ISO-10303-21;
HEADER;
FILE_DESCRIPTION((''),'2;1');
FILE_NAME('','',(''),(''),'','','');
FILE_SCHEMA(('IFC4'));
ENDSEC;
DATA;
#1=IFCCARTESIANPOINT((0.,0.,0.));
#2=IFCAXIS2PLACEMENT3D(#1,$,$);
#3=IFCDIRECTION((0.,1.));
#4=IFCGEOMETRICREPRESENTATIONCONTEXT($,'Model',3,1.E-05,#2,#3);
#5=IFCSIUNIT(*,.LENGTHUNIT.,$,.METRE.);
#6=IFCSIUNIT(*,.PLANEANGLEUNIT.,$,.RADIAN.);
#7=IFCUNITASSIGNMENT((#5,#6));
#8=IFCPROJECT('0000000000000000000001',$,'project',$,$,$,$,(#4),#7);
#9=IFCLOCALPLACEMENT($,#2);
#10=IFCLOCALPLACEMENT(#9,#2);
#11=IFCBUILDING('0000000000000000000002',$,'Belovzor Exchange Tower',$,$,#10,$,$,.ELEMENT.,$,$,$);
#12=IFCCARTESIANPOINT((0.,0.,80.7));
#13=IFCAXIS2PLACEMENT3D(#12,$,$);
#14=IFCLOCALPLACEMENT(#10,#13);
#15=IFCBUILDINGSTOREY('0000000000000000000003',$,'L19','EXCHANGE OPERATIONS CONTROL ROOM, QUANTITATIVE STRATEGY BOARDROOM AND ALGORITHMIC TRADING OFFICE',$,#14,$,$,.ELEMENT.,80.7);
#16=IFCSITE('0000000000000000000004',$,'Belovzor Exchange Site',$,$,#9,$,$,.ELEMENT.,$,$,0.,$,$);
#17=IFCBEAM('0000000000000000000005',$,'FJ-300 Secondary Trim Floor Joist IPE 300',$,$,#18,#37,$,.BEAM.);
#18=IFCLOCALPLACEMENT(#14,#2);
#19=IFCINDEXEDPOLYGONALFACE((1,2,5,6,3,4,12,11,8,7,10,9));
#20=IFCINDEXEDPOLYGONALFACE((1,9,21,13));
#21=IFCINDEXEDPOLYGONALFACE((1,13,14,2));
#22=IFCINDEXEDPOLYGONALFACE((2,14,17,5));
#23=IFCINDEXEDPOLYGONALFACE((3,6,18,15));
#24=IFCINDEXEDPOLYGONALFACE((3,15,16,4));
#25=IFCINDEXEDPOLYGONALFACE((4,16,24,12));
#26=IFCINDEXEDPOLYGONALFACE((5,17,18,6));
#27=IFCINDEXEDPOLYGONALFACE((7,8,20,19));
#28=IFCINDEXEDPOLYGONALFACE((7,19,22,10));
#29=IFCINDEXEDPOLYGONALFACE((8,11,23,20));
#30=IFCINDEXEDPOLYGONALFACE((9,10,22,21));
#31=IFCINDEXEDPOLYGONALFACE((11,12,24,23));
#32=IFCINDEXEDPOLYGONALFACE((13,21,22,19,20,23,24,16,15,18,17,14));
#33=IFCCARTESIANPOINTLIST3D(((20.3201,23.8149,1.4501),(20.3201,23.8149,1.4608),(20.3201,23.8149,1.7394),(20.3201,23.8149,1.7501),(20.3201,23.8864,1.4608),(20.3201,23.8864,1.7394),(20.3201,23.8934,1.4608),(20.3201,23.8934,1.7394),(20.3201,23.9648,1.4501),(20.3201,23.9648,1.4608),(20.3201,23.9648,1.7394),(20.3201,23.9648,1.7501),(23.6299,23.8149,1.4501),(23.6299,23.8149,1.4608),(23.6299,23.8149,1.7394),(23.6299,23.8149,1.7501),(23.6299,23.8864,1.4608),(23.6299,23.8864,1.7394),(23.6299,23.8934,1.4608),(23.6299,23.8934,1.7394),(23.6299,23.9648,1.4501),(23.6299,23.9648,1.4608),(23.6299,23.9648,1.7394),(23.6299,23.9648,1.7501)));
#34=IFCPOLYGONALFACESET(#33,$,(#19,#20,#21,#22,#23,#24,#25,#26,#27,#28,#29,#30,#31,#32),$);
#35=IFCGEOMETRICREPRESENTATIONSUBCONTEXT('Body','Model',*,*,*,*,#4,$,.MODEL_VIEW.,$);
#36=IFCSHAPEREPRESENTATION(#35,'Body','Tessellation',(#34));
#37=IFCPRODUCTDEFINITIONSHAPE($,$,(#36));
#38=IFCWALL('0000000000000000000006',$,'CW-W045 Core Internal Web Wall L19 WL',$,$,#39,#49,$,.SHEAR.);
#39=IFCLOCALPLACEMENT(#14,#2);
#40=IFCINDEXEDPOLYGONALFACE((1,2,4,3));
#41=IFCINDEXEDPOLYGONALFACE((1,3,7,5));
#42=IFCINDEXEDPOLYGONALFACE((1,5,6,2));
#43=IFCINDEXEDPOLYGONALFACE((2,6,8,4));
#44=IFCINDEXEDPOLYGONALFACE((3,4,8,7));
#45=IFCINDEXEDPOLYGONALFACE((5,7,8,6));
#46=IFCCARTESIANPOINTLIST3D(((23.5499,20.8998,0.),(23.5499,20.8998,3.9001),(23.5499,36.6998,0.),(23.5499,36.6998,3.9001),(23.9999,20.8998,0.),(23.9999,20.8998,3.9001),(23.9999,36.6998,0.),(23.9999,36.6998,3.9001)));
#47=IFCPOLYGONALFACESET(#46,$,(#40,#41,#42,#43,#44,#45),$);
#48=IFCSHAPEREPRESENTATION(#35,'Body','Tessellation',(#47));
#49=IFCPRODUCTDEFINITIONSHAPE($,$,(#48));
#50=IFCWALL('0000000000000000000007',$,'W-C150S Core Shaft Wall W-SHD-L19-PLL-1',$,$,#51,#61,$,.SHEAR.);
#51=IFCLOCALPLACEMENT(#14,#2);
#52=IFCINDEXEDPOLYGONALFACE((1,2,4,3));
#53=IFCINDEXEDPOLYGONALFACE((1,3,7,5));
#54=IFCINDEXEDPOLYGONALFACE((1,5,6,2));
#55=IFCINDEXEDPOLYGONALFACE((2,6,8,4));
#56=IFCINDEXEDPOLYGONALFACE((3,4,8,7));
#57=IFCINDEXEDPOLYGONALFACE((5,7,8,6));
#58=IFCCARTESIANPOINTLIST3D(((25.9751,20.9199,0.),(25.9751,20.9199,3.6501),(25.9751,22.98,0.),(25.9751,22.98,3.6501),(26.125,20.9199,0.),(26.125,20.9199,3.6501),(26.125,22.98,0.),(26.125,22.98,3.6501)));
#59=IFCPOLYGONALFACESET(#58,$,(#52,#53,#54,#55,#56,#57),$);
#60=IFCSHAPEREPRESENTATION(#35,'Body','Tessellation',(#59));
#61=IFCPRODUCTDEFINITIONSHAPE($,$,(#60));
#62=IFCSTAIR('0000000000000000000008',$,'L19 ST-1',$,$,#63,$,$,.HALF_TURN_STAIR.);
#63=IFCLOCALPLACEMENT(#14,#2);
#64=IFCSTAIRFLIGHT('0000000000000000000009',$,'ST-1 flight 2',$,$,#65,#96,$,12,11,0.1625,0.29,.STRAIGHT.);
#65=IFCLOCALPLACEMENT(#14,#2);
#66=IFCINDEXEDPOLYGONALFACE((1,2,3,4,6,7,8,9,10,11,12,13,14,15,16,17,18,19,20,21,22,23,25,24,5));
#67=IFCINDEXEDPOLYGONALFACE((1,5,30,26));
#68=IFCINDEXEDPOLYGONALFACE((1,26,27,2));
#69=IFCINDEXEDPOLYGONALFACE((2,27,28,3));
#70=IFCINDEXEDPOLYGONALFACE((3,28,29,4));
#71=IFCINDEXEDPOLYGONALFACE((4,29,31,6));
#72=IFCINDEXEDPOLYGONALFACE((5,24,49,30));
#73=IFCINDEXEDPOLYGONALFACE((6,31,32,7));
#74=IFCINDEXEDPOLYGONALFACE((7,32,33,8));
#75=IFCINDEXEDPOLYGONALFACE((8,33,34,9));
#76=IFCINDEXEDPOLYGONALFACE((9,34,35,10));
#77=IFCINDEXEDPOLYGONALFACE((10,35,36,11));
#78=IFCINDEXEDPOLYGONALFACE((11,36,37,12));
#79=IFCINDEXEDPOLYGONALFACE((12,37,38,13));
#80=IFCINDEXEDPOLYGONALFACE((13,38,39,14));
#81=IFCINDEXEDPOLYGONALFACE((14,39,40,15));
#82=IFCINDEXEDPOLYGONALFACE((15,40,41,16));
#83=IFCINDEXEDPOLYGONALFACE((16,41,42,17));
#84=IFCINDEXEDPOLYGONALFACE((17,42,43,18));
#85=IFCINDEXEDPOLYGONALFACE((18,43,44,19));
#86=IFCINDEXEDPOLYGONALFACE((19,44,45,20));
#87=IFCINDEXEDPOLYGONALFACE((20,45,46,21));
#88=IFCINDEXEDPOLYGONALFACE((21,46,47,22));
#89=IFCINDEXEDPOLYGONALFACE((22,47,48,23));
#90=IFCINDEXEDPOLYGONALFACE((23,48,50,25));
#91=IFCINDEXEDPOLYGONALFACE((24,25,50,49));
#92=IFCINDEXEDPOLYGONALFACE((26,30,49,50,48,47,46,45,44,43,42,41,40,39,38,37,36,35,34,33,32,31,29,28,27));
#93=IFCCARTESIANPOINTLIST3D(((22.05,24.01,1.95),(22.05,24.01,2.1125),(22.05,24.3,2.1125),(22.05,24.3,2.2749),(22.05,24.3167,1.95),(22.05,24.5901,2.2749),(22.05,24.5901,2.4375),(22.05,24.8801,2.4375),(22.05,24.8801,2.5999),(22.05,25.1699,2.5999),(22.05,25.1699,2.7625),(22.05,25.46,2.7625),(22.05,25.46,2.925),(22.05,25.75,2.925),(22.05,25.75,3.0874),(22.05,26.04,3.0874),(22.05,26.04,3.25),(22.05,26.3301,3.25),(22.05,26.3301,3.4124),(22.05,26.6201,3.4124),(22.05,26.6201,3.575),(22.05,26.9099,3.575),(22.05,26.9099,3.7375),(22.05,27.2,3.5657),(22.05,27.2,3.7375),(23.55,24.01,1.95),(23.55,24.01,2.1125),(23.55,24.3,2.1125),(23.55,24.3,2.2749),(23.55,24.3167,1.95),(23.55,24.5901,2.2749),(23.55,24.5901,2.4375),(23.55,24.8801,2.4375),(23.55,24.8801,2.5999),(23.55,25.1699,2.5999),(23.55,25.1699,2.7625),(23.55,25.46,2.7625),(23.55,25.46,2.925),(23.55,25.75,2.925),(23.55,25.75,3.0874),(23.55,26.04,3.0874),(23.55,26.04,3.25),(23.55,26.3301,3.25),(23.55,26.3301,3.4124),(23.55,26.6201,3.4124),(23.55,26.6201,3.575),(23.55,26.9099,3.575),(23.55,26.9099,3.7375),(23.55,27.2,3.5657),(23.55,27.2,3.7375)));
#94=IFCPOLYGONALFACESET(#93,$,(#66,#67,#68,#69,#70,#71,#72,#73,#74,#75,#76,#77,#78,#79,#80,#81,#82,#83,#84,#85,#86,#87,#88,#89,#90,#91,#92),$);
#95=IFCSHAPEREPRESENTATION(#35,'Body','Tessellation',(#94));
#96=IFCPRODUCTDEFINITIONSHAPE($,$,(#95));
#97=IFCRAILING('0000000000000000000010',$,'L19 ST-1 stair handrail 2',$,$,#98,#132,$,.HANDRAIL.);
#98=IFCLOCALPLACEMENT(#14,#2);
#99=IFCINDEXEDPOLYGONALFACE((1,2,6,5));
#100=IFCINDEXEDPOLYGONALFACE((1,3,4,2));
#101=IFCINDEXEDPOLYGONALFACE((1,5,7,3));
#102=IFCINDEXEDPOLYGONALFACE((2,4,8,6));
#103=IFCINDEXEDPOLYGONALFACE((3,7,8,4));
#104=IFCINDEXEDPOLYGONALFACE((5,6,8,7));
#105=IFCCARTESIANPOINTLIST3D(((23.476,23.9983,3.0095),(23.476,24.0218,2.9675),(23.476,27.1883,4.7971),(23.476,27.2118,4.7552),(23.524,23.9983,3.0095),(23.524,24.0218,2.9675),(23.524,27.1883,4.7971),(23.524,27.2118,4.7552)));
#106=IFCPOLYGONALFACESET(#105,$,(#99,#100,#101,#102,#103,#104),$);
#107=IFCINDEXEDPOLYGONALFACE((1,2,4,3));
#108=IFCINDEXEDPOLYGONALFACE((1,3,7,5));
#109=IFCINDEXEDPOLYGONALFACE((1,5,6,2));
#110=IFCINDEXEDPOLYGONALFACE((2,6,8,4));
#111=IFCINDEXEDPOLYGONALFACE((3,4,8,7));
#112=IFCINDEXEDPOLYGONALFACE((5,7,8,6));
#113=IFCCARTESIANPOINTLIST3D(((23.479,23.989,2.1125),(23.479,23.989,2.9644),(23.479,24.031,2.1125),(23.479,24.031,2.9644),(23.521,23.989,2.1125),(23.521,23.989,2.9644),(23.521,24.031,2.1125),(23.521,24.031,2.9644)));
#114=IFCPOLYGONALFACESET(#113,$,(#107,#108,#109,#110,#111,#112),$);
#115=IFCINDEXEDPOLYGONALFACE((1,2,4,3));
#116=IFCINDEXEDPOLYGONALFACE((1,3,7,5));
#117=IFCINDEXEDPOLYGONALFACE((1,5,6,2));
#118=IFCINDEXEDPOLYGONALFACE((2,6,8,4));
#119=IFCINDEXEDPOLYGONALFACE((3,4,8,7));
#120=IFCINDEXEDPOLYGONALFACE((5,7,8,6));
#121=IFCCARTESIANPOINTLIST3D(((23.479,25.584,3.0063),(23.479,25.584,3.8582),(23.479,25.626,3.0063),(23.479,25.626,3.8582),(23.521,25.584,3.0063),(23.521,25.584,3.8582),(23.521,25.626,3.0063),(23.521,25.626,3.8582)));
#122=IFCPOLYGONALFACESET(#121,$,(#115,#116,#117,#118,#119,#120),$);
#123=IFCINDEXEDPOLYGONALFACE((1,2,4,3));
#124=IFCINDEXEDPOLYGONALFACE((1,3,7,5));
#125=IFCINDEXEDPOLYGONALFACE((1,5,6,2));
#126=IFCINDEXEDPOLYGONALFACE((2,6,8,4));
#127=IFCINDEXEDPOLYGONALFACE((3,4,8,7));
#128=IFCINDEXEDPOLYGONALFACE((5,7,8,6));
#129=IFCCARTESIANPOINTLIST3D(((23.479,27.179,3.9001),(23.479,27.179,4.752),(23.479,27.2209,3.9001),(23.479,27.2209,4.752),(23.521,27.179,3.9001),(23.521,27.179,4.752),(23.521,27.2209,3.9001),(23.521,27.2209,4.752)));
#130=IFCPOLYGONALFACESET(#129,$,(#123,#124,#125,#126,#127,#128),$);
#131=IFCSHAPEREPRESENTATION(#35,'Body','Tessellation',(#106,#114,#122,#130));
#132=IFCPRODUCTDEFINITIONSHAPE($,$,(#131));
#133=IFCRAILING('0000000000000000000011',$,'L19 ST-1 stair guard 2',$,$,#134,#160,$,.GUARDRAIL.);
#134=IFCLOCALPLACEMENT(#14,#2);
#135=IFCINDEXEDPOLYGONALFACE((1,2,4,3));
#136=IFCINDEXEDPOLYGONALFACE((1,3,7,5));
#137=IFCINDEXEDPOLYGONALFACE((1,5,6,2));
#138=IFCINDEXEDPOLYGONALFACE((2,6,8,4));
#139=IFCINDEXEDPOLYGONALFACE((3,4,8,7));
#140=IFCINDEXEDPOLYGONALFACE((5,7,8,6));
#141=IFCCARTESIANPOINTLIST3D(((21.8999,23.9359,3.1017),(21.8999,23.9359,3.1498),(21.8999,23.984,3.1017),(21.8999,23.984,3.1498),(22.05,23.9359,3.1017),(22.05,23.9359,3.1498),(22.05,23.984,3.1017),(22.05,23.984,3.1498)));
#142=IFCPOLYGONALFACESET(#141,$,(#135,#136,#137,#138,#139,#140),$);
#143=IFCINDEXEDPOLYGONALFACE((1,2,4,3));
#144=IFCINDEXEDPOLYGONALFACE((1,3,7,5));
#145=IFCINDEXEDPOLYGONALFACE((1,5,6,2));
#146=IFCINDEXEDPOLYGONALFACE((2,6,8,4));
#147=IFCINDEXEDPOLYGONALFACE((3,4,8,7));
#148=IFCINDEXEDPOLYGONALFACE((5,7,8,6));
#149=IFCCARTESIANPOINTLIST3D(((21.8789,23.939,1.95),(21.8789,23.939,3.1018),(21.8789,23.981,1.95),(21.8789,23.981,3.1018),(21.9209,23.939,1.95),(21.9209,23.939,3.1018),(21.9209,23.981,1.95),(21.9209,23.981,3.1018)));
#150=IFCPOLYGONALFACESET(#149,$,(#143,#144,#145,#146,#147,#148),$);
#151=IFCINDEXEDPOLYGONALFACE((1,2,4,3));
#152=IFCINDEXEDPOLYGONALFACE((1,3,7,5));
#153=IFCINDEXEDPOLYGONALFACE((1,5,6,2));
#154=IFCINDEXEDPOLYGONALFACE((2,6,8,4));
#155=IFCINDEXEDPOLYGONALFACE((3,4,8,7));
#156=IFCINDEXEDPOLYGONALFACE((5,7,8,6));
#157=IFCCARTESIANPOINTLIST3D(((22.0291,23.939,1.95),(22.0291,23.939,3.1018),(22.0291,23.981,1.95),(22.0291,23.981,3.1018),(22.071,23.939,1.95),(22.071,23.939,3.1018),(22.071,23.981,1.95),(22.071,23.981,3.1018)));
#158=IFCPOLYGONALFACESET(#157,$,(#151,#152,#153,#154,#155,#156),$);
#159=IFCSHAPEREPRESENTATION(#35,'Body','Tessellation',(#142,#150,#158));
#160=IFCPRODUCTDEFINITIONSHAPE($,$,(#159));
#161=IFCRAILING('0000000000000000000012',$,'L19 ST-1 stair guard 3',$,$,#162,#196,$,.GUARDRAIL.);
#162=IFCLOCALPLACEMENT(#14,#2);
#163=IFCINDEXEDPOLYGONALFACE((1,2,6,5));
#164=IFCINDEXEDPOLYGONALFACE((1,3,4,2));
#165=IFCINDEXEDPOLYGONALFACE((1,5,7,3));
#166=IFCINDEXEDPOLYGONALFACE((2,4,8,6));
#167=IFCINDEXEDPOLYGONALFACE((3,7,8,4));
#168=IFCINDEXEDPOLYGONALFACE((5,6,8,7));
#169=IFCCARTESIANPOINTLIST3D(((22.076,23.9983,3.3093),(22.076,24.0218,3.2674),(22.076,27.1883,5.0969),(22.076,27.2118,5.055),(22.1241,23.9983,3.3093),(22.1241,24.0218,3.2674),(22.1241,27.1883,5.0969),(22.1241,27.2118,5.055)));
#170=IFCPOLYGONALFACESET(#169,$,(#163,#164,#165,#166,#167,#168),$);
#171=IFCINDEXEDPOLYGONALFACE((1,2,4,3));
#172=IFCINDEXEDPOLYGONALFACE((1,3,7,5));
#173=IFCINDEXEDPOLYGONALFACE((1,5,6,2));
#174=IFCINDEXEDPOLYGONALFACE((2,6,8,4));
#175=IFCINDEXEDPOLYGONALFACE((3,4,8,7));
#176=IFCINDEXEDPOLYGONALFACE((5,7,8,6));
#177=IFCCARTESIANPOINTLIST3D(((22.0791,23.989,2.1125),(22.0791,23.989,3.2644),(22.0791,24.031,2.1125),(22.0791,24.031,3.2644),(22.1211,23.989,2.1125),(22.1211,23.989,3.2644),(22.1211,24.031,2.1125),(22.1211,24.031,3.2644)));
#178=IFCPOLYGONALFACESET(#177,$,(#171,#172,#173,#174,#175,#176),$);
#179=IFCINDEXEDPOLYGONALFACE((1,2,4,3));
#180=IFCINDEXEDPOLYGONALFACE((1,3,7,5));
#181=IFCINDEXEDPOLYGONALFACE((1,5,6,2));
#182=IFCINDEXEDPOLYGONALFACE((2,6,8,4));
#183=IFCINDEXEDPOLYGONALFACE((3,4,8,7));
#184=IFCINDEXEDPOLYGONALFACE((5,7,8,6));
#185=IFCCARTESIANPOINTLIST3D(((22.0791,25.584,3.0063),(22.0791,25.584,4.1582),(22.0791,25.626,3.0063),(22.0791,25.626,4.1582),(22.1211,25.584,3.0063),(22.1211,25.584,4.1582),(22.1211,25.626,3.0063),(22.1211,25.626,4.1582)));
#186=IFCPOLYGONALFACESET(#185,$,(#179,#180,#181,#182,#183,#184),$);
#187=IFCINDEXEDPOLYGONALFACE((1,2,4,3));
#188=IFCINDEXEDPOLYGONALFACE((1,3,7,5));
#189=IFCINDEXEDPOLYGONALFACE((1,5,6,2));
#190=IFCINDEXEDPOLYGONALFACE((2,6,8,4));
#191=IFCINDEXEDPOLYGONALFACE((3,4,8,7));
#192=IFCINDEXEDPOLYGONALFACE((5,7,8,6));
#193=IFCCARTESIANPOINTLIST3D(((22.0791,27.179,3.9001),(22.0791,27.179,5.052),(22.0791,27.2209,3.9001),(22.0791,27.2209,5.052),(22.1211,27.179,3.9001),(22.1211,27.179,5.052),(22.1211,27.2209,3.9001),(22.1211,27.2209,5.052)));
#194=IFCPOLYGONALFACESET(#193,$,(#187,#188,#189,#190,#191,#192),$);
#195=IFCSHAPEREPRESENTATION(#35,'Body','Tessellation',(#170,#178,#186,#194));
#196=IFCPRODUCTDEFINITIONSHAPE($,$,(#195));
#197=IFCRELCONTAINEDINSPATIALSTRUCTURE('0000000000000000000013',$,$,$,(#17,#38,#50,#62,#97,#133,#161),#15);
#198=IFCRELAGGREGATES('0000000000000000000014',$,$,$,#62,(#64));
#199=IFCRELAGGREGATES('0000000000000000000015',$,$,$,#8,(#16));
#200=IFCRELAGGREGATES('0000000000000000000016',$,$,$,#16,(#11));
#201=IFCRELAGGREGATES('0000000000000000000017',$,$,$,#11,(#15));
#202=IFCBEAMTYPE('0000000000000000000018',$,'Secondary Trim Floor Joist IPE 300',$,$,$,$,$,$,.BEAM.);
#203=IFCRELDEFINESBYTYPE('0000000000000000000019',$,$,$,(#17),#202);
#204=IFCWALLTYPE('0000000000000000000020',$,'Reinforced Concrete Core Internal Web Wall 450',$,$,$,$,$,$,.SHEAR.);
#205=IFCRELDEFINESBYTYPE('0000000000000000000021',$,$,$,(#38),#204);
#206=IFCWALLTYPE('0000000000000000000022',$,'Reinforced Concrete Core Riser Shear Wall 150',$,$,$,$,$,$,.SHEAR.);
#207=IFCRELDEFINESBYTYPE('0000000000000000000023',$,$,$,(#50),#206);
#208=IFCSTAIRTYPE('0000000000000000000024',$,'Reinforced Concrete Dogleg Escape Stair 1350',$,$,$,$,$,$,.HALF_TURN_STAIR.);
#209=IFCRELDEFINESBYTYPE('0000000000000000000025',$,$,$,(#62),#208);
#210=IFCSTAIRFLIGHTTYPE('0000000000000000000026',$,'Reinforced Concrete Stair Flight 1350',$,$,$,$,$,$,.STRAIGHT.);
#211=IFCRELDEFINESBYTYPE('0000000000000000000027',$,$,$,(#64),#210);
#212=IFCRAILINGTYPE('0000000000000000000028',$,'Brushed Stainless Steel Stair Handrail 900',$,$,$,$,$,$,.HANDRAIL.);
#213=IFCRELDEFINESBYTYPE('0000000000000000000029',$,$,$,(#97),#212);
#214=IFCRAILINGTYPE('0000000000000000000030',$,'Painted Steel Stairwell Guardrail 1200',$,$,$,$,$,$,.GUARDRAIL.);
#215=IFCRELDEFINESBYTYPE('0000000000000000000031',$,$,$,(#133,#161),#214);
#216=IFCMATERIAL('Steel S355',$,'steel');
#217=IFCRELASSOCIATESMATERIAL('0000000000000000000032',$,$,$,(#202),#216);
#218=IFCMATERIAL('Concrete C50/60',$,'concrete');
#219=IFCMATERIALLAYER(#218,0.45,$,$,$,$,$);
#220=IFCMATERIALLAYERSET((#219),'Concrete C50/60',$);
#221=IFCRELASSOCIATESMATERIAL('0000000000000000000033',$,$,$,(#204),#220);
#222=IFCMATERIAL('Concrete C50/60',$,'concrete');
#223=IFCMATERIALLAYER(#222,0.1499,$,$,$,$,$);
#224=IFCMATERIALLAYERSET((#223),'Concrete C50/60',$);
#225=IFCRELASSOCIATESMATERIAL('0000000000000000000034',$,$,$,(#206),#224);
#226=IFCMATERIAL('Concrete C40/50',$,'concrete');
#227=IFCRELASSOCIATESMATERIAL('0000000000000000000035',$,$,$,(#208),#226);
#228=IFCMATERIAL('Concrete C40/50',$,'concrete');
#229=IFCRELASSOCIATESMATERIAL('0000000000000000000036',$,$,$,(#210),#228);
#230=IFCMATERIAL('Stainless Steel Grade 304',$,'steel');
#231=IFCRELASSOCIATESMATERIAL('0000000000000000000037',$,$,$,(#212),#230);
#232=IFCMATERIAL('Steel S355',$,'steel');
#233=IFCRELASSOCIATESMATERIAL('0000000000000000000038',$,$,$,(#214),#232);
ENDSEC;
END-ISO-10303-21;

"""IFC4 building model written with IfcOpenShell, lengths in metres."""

from ifc_helpers import new_model, si_unit, direction, frame, frame_2d, origin, origin_2d, place, context, subcontext, project, spatial, polyline, rectangle, i_section, outline, extrude, material, layer, layer_set, material_profile, profile_set, type_object, element, aggregate, save


model = new_model("IFC4")

# Units and contexts
model_context = context("Model", 3, precision=1e-05, world=origin(), true_north=direction((0.0, 1.0)))
body_context = subcontext(model_context, "Body", "Model", "MODEL_VIEW")
ifc_project = project(units=[si_unit("LENGTHUNIT", "METRE"), si_unit("PLANEANGLEUNIT", "RADIAN")], contexts=[model_context])

# Site, building, storey
site_placement = place(None, origin())
site = spatial("IfcSite", under=ifc_project, at=site_placement, Name="Belovzor Exchange Site", CompositionType="ELEMENT", RefElevation=0.0)
building_placement = place(site_placement, origin())
building = spatial("IfcBuilding", under=site, at=building_placement, Name="Belovzor Exchange Tower", CompositionType="ELEMENT")
storey_placement = place(building_placement, frame((0.0, 0.0, 80.7)))
storey = spatial("IfcBuildingStorey", under=building, at=storey_placement, Name="L19", Description="EXCHANGE OPERATIONS CONTROL ROOM, QUANTITATIVE STRATEGY BOARDROOM AND ALGORITHMIC TRADING OFFICE", CompositionType="ELEMENT", Elevation=80.7)

# Beam
ifc_material_1 = material(Name="Steel S355", Category="steel")
ifc_material_profile = material_profile(ifc_material_1, i_section(OverallWidth=0.1499, OverallDepth=0.3, WebThickness=0.0071, FlangeThickness=0.0107, at=origin_2d()))
ifc_profile_set = profile_set([ifc_material_profile], Name="Steel S355")
beam_type = type_object("IfcBeamType", Name="Secondary Trim Floor Joist IPE 300", PredefinedType="BEAM", material=ifc_profile_set)
beam_placement = place(storey_placement, frame((20.3201, 23.8899, 1.6001), z_axis=(1.0, 0.0, 0.0), x_axis=(0.0, 1.0, 0.0)))
element("IfcBeam", 1, at=beam_placement, inside=storey, type_object=beam_type, Name="FJ-300 Secondary Trim Floor Joist IPE 300", PredefinedType="BEAM", context=body_context, shape_type="SweptSolid", body=[
    extrude(i_section(OverallWidth=0.1499, OverallDepth=0.3, WebThickness=0.0071, FlangeThickness=0.0107, at=origin_2d()), origin(), (0.0, 0.0, 1.0), 3.3098),
])

# Walls
ifc_material_2 = material(Name="Concrete C50/60", Category="concrete")
ifc_layer_1 = layer(ifc_material_2, 0.45)
ifc_layer_set_1 = layer_set([ifc_layer_1], Name="Concrete C50/60")
wall_type_1 = type_object("IfcWallType", Name="Reinforced Concrete Core Internal Web Wall 450", PredefinedType="SHEAR", material=ifc_layer_set_1)
wall_1_placement = place(storey_placement, frame((23.7749, 20.8999, 0.0), z_axis=(0.0, 0.0, 1.0), x_axis=(0.0, 1.0, 0.0)))
element("IfcWall", 2, at=wall_1_placement, inside=storey, type_object=wall_type_1, Name="CW-W045 Core Internal Web Wall L19 WL", PredefinedType="SHEAR", context=body_context, shape_type="SweptSolid", body=[
    extrude(rectangle(XDim=15.8, YDim=0.45, at=frame_2d((7.8999, 0.0))), origin(), (0.0, 0.0, 1.0), 3.9001),
])
ifc_material_3 = material(Name="Concrete C50/60", Category="concrete")
ifc_layer_2 = layer(ifc_material_3, 0.1499)
ifc_layer_set_2 = layer_set([ifc_layer_2], Name="Concrete C50/60")
wall_type_2 = type_object("IfcWallType", Name="Reinforced Concrete Core Riser Shear Wall 150", PredefinedType="SHEAR", material=ifc_layer_set_2)
wall_2_placement = place(storey_placement, frame((26.05, 20.9199, 0.0), z_axis=(0.0, 0.0, 1.0), x_axis=(0.0, 1.0, 0.0)))
element("IfcWall", 3, at=wall_2_placement, inside=storey, type_object=wall_type_2, Name="W-C150S Core Shaft Wall W-SHD-L19-PLL-1", PredefinedType="SHEAR", context=body_context, shape_type="SweptSolid", body=[
    extrude(rectangle(XDim=2.0601, YDim=0.1499, at=frame_2d((1.03, 0.0))), origin(), (0.0, 0.0, 1.0), 3.6501),
])

# Stair, stair flight
ifc_material_4 = material(Name="Concrete C40/50", Category="concrete")
stair_type = type_object("IfcStairType", Name="Reinforced Concrete Dogleg Escape Stair 1350", PredefinedType="HALF_TURN_STAIR", material=ifc_material_4)
stair_placement = place(storey_placement, origin())
stair = element("IfcStair", 4, at=stair_placement, inside=storey, type_object=stair_type, Name="L19 ST-1", PredefinedType="HALF_TURN_STAIR")
ifc_material_5 = material(Name="Concrete C40/50", Category="concrete")
stair_flight_type = type_object("IfcStairFlightType", Name="Reinforced Concrete Stair Flight 1350", PredefinedType="STRAIGHT", material=ifc_material_5)
stair_flight_placement = place(storey_placement, frame((22.8, 24.01, 1.95), z_axis=(0.0, 0.0, 1.0), x_axis=(0.0, 1.0, 0.0)))
stair_flight = element("IfcStairFlight", 5, at=stair_flight_placement, type_object=stair_flight_type, Name="ST-1 flight 2", NumberOfRisers=12, NumberOfTreads=11, PredefinedType="STRAIGHT", RiserHeight=0.1625, TreadLength=0.29, context=body_context, shape_type="SweptSolid", body=[
    extrude(outline(polyline([(0.0, 0.0), (0.0, 0.1626), (0.29, 0.1626), (0.29, 0.325), (0.5801, 0.325), (0.5801, 0.4875), (0.8701, 0.4875), (0.8701, 0.6499), (1.1599, 0.6499), (1.1599, 0.8125), (1.45, 0.8125), (1.45, 0.9751), (1.74, 0.9751), (1.74, 1.1375), (2.03, 1.1375), (2.03, 1.3), (2.3201, 1.3), (2.3201, 1.4624), (2.6101, 1.4624), (2.6101, 1.625), (2.8999, 1.625), (2.8999, 1.7876), (3.1899, 1.7876), (3.1899, 1.95), (3.1899, 1.6157), (0.3066, 0.0), (0.0, 0.0)])), frame((0.0, 0.75, 0.0), z_axis=(0.0, -1.0, 0.0), x_axis=(1.0, 0.0, 0.0)), (0.0, 0.0, 1.0), 1.5),
])
aggregate(stair, [stair_flight])

# Railings
ifc_material_6 = material(Name="Stainless Steel Grade 304", Category="steel")
railing_type_1 = type_object("IfcRailingType", Name="Brushed Stainless Steel Stair Handrail 900", PredefinedType="HANDRAIL", material=ifc_material_6)
railing_1_placement = place(storey_placement, frame((23.5, 24.01, 2.1125)))
element("IfcRailing", 6, at=railing_1_placement, inside=storey, type_object=railing_type_1, Name="L19 ST-1 stair handrail 2", PredefinedType="HANDRAIL", context=body_context, shape_type="SweptSolid", body=[
    extrude(rectangle(XDim=0.0481, YDim=0.0481, at=origin_2d()), frame((0.0, 0.0, 0.876), z_axis=(0.0, 0.872363, 0.48886), x_axis=(-1.0, 0.0, 0.0)), (0.0, 0.0, 1.0), 3.6567),
    extrude(rectangle(XDim=0.042, YDim=0.042, at=origin_2d()), origin(), (0.0, 0.0, 1.0), 0.8518),
    extrude(rectangle(XDim=0.042, YDim=0.042, at=origin_2d()), frame((0.0, 1.595, 0.8938)), (0.0, 0.0, 1.0), 0.8518),
    extrude(rectangle(XDim=0.042, YDim=0.042, at=origin_2d()), frame((0.0, 3.1899, 1.7876)), (0.0, 0.0, 1.0), 0.8518),
])
ifc_material_7 = material(Name="Steel S355", Category="steel")
railing_type_2 = type_object("IfcRailingType", Name="Painted Steel Stairwell Guardrail 1200", PredefinedType="GUARDRAIL", material=ifc_material_7)
railing_2_placement = place(storey_placement, frame((21.8999, 23.96, 1.95)))
element("IfcRailing", 7, at=railing_2_placement, inside=storey, type_object=railing_type_2, Name="L19 ST-1 stair guard 2", PredefinedType="GUARDRAIL", context=body_context, shape_type="SweptSolid", body=[
    extrude(rectangle(XDim=0.0481, YDim=0.0481, at=origin_2d()), frame((0.0, 0.0, 1.1758), z_axis=(1.0, 0.0, 0.0), x_axis=(0.0, 1.0, 0.0)), (0.0, 0.0, 1.0), 0.1501),
    extrude(rectangle(XDim=0.042, YDim=0.042, at=origin_2d()), origin(), (0.0, 0.0, 1.0), 1.1519),
    extrude(rectangle(XDim=0.042, YDim=0.042, at=origin_2d()), frame((0.1501, 0.0, 0.0)), (0.0, 0.0, 1.0), 1.1519),
])
railing_3_placement = place(storey_placement, frame((22.1001, 24.01, 2.1125)))
element("IfcRailing", 8, at=railing_3_placement, inside=storey, type_object=railing_type_2, Name="L19 ST-1 stair guard 3", PredefinedType="GUARDRAIL", context=body_context, shape_type="SweptSolid", body=[
    extrude(rectangle(XDim=0.0481, YDim=0.0481, at=origin_2d()), frame((0.0, 0.0, 1.1758), z_axis=(0.0, 0.872363, 0.48886), x_axis=(-1.0, 0.0, 0.0)), (0.0, 0.0, 1.0), 3.6567),
    extrude(rectangle(XDim=0.042, YDim=0.042, at=origin_2d()), origin(), (0.0, 0.0, 1.0), 1.1519),
    extrude(rectangle(XDim=0.042, YDim=0.042, at=origin_2d()), frame((0.0, 1.595, 0.8938)), (0.0, 0.0, 1.0), 1.1519),
    extrude(rectangle(XDim=0.042, YDim=0.042, at=origin_2d()), frame((0.0, 3.1899, 1.7876)), (0.0, 0.0, 1.0), 1.1519),
])

save(model, "model.ifc")
